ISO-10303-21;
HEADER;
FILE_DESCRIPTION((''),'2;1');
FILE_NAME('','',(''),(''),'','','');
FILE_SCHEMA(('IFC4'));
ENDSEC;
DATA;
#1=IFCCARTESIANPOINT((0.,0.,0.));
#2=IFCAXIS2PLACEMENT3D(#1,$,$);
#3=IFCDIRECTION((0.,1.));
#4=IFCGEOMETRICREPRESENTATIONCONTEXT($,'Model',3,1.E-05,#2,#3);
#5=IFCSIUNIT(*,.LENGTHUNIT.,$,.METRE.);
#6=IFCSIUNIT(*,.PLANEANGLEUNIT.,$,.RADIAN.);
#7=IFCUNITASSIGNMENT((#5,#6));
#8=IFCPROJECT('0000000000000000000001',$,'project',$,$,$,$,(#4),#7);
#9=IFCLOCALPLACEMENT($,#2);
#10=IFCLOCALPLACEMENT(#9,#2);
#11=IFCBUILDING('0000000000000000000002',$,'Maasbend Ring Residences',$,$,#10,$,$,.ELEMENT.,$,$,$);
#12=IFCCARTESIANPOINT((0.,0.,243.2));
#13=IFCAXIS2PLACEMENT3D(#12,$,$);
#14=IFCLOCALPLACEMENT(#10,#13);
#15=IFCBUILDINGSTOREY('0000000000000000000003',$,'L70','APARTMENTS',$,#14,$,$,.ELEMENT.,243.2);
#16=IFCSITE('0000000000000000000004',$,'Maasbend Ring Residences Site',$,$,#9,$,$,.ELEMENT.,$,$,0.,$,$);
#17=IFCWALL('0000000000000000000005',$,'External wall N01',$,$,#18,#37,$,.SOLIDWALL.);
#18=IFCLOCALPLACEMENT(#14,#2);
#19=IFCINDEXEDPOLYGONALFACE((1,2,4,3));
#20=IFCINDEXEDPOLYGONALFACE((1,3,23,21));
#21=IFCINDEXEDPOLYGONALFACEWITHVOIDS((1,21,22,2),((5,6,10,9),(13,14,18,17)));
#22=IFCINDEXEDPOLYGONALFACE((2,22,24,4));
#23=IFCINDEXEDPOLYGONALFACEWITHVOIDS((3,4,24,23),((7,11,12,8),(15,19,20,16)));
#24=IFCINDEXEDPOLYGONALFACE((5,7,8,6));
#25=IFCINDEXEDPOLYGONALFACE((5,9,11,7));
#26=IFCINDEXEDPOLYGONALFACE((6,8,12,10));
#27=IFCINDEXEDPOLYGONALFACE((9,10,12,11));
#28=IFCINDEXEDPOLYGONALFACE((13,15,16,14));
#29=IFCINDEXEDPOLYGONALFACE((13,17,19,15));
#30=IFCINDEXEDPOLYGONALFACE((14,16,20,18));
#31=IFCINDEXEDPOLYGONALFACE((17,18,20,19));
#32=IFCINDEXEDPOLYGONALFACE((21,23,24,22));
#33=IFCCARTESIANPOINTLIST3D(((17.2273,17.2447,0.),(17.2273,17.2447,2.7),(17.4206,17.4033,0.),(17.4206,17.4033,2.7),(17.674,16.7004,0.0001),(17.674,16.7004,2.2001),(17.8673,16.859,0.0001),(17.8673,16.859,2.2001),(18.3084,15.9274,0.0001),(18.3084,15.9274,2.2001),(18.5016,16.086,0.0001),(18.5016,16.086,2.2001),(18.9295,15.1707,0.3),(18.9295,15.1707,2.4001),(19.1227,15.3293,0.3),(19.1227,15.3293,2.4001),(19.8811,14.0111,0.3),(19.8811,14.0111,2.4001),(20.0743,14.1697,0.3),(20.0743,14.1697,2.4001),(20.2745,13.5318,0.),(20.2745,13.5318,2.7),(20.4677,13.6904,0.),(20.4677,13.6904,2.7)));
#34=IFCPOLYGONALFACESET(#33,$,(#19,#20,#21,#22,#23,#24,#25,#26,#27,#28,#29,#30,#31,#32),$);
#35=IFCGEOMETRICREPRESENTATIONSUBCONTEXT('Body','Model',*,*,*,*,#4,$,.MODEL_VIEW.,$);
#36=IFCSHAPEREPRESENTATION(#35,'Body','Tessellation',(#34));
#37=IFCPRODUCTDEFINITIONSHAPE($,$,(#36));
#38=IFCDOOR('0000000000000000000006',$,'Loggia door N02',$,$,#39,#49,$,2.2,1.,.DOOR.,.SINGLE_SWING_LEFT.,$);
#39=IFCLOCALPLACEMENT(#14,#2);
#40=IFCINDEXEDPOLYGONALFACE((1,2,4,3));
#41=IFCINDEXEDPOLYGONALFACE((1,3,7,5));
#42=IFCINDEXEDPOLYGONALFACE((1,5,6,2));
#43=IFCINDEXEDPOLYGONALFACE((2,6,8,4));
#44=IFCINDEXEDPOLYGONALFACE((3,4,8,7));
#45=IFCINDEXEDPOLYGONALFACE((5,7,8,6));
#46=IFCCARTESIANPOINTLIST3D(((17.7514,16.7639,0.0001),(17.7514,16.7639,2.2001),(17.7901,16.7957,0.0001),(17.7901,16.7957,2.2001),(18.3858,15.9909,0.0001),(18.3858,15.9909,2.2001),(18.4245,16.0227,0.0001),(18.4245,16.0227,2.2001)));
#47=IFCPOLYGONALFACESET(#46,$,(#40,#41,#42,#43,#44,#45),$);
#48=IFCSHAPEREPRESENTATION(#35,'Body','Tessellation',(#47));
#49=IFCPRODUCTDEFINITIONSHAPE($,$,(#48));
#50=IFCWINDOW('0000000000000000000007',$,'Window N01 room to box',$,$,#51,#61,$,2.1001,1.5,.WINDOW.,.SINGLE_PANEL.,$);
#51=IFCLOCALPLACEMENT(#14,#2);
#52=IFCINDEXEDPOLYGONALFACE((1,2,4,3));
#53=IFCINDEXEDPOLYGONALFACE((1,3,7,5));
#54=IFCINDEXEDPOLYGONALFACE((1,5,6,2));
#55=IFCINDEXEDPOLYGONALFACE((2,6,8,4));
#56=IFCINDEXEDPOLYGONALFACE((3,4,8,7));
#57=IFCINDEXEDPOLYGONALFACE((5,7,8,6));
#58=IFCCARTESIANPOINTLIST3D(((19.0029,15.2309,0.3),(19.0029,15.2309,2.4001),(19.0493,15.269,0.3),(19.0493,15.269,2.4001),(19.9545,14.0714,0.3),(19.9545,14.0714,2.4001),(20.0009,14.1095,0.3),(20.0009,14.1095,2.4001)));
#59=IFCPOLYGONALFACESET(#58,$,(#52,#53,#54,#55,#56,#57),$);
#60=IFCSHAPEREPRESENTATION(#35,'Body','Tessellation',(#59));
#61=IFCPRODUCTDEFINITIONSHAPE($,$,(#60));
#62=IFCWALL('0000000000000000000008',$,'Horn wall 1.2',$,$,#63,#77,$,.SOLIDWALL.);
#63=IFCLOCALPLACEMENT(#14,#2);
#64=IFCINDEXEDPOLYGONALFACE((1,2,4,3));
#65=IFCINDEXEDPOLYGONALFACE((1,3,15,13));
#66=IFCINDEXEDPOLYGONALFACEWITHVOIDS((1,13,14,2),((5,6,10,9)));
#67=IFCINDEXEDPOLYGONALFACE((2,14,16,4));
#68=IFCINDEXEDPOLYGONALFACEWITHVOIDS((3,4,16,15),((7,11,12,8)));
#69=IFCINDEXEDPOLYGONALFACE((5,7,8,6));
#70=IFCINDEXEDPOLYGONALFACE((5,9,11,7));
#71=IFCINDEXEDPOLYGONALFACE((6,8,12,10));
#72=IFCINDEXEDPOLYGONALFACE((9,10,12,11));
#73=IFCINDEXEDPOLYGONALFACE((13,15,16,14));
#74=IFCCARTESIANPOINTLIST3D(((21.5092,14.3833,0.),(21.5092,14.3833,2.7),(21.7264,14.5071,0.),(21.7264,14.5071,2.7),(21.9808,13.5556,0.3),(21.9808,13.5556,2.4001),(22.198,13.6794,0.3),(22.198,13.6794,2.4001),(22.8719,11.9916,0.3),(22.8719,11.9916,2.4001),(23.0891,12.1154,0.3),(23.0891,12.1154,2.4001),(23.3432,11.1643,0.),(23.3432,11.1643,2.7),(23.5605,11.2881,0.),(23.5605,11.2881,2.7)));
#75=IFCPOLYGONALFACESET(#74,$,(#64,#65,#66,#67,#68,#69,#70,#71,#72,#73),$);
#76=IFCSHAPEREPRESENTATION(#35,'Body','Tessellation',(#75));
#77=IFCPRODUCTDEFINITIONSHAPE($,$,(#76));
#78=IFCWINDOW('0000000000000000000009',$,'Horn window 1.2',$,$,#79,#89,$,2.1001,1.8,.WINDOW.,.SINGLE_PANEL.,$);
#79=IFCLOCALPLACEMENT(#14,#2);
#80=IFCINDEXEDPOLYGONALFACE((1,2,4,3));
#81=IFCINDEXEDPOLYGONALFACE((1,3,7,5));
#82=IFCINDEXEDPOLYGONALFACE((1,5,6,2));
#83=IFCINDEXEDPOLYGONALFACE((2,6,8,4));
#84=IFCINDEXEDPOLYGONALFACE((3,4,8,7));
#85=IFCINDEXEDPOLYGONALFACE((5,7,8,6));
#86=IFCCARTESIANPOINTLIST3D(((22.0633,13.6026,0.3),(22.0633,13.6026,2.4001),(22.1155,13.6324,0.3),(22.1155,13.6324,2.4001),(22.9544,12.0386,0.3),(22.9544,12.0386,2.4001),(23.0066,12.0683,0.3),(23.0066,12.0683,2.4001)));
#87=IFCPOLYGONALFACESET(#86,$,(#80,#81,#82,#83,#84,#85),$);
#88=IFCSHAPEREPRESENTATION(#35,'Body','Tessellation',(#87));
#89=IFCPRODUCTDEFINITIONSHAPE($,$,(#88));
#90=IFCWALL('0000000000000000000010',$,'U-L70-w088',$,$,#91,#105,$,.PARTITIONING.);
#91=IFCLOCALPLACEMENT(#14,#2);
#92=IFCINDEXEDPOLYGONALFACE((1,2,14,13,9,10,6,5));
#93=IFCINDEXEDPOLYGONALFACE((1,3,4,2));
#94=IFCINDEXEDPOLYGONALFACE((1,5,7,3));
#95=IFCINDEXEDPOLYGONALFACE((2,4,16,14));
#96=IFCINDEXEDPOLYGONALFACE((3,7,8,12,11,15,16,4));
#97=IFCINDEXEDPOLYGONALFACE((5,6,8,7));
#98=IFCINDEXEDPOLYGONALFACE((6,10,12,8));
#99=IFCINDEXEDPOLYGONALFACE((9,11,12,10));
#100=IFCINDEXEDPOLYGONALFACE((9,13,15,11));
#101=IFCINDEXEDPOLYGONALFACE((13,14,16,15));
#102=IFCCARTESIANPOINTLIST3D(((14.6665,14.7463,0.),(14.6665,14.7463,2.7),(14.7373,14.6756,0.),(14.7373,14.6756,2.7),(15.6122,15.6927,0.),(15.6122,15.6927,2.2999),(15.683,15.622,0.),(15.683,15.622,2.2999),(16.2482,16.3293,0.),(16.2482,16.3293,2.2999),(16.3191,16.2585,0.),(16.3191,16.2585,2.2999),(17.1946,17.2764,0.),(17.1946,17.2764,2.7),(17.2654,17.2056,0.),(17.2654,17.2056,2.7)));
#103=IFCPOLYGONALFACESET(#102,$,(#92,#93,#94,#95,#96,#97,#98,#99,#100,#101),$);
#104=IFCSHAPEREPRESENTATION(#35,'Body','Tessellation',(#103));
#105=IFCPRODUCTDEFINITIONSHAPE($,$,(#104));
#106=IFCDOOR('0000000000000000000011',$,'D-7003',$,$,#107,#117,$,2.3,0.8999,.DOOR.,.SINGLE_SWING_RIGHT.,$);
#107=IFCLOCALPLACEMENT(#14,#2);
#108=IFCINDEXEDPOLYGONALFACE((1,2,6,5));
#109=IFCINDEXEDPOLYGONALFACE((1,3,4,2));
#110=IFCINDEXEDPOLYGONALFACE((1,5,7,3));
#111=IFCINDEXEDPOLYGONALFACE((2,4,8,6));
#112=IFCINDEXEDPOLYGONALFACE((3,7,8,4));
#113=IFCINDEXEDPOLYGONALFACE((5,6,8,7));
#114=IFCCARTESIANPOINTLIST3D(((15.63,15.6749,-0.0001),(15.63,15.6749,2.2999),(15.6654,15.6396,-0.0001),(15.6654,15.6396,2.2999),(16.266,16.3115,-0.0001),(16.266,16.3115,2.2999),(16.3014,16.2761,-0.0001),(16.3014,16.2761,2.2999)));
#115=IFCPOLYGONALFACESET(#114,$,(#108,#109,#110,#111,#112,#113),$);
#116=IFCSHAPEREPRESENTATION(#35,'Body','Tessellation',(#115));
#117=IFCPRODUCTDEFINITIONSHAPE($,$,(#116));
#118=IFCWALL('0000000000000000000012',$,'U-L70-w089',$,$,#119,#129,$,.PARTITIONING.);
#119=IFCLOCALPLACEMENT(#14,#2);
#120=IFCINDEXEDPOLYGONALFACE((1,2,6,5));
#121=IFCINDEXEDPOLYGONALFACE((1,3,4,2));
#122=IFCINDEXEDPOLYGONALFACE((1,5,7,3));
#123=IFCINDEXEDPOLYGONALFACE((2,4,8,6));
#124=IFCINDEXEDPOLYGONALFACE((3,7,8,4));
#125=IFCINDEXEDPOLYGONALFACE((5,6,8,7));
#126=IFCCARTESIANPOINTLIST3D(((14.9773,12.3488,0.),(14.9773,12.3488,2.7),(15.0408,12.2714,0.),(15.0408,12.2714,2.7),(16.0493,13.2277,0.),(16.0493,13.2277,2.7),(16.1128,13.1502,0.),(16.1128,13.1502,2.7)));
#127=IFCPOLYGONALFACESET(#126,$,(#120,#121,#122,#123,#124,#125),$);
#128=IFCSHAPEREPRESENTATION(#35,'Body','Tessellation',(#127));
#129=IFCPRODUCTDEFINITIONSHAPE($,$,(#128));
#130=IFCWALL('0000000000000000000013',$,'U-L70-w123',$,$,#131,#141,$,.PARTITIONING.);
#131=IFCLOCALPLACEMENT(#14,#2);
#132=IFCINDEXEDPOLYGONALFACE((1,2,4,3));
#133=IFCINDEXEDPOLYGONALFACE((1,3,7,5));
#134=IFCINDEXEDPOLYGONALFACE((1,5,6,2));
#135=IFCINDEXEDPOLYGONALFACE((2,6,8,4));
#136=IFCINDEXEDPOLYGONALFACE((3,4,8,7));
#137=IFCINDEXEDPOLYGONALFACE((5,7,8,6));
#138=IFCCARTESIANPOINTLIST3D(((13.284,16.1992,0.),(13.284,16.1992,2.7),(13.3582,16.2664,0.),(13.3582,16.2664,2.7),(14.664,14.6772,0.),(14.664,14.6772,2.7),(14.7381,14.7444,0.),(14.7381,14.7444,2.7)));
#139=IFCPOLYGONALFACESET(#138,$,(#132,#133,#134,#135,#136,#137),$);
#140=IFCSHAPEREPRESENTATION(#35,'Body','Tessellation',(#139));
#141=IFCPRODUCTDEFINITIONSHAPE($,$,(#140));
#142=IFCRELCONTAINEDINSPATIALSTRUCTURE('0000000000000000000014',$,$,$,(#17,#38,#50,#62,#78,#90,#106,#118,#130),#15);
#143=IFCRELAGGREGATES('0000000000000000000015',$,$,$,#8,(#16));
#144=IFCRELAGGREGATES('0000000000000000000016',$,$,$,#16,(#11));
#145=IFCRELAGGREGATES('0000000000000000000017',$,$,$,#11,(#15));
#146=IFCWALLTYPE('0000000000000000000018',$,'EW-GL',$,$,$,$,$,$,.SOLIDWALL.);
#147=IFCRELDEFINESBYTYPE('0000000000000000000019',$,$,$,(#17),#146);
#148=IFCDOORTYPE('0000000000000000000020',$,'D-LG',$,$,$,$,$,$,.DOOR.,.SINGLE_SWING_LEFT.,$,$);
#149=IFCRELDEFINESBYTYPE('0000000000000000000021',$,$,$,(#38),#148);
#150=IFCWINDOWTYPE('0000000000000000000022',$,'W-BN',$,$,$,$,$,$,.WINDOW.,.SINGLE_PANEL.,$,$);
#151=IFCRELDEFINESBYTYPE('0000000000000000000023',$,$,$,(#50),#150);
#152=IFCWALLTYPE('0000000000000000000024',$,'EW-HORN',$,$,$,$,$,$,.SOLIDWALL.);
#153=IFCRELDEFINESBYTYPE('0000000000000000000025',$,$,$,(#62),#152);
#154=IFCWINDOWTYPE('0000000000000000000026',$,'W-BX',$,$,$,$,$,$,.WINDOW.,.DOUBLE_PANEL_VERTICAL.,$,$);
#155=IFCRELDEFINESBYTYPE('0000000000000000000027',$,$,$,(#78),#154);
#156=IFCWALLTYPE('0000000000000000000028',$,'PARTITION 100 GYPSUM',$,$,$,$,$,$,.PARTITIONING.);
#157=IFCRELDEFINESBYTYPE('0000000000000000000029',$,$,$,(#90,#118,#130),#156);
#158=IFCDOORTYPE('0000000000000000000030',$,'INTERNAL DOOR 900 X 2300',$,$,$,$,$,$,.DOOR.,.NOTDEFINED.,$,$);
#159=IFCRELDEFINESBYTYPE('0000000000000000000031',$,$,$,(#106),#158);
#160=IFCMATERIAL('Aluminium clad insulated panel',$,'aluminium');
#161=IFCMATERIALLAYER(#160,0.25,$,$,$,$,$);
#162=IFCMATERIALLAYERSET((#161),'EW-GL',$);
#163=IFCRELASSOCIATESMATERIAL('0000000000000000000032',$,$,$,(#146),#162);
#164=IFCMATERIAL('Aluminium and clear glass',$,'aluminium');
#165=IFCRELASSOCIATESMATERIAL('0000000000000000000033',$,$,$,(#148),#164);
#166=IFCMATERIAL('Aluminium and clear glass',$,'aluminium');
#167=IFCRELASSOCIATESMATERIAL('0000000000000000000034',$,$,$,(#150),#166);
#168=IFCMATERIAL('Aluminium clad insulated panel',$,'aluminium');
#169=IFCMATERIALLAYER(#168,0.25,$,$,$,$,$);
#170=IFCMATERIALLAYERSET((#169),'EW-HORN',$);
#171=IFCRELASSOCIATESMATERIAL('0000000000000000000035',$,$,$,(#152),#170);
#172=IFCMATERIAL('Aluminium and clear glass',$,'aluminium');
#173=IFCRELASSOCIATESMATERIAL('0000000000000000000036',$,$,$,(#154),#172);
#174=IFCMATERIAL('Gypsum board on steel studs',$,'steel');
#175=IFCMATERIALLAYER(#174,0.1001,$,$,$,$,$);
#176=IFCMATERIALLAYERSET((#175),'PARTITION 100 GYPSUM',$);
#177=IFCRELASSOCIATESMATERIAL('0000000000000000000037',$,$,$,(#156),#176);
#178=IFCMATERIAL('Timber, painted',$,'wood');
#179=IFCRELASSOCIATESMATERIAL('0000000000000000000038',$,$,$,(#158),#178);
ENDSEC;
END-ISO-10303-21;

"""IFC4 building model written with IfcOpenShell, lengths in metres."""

from ifc_helpers import new_model, si_unit, direction, frame, frame_2d, origin, place, context, subcontext, project, spatial, rectangle, extrude, material, layer, layer_set, type_object, element, fill, save


model = new_model("IFC4")

# Units and contexts
model_context = context("Model", 3, precision=1e-05, world=origin(), true_north=direction((0.0, 1.0)))
body_context = subcontext(model_context, "Body", "Model", "MODEL_VIEW")
ifc_project = project(units=[si_unit("LENGTHUNIT", "METRE"), si_unit("PLANEANGLEUNIT", "RADIAN")], contexts=[model_context])

# Site, building, storey
site_placement = place(None, origin())
site = spatial("IfcSite", under=ifc_project, at=site_placement, Name="Maasbend Ring Residences Site", CompositionType="ELEMENT", RefElevation=0.0)
building_placement = place(site_placement, origin())
building = spatial("IfcBuilding", under=site, at=building_placement, Name="Maasbend Ring Residences", CompositionType="ELEMENT")
storey_placement = place(building_placement, frame((0.0, 0.0, 243.2)))
storey = spatial("IfcBuildingStorey", under=building, at=storey_placement, Name="L70", Description="APARTMENTS", CompositionType="ELEMENT", Elevation=243.2)

# Wall, openings, door, window
ifc_material_1 = material(Name="Aluminium clad insulated panel", Category="aluminium")
ifc_layer_1 = layer(ifc_material_1, 0.25)
ifc_layer_set_1 = layer_set([ifc_layer_1], Name="EW-GL")
wall_type_1 = type_object("IfcWallType", Name="EW-GL", PredefinedType="SOLIDWALL", material=ifc_layer_set_1)
wall_1_placement = place(storey_placement, frame((20.3711, 13.6111, 0.0), z_axis=(0.0, 0.0, 1.0), x_axis=(-0.634397, 0.773008, 0.0)))
wall_1 = element("IfcWall", 1, at=wall_1_placement, inside=storey, type_object=wall_type_1, Name="External wall N01", PredefinedType="SOLIDWALL", context=body_context, shape_type="SweptSolid", body=[
    extrude(rectangle(XDim=4.8032, YDim=0.25, at=frame_2d((2.4016, 0.0))), origin(), (0.0, 0.0, 1.0), 2.7),
])
opening_1_placement = place(wall_1_placement, frame((0.6201, 0.0, 0.3)))
opening_1 = element("IfcOpeningElement", 2, at=opening_1_placement, cuts=wall_1, PredefinedType="OPENING", context=body_context, shape_type="SweptSolid", body=[
    extrude(rectangle(XDim=1.5, YDim=2.1001, at=frame_2d((0.75, 1.05))), frame((0.0, 0.135, 0.0), z_axis=(0.0, -1.0, 0.0), x_axis=(1.0, 0.0, 0.0)), (0.0, 0.0, 1.0), 0.27),
])
opening_2_placement = place(wall_1_placement, frame((3.0991, 0.0, 0.0)))
opening_2 = element("IfcOpeningElement", 3, at=opening_2_placement, cuts=wall_1, PredefinedType="OPENING", context=body_context, shape_type="SweptSolid", body=[
    extrude(rectangle(XDim=1.0, YDim=2.2, at=frame_2d((0.5, 1.1001))), frame((0.0, 0.135, 0.0), z_axis=(0.0, -1.0, 0.0), x_axis=(1.0, 0.0, 0.0)), (0.0, 0.0, 1.0), 0.27),
])
ifc_material_2 = material(Name="Aluminium and clear glass", Category="aluminium")
door_type_1 = type_object("IfcDoorType", Name="D-LG", OperationType="SINGLE_SWING_LEFT", PredefinedType="DOOR", material=ifc_material_2)
door_1_placement = place(opening_2_placement, origin())
door_1 = element("IfcDoor", 4, at=door_1_placement, inside=storey, type_object=door_type_1, Name="Loggia door N02", OperationType="SINGLE_SWING_LEFT", OverallHeight=2.2, OverallWidth=1.0, PredefinedType="DOOR", context=body_context, shape_type="SweptSolid", body=[
    extrude(rectangle(XDim=1.0, YDim=2.2, at=frame_2d((0.5, 1.1001))), frame((0.0, 0.0249, 0.0), z_axis=(0.0, -1.0, 0.0), x_axis=(1.0, 0.0, 0.0)), (0.0, 0.0, 1.0), 0.05),
])
fill(opening_2, door_1)
ifc_material_3 = material(Name="Aluminium and clear glass", Category="aluminium")
window_type_1 = type_object("IfcWindowType", Name="W-BN", PartitioningType="SINGLE_PANEL", PredefinedType="WINDOW", material=ifc_material_3)
window_1_placement = place(opening_1_placement, origin())
window_1 = element("IfcWindow", 5, at=window_1_placement, inside=storey, type_object=window_type_1, Name="Window N01 room to box", OverallHeight=2.1001, OverallWidth=1.5, PartitioningType="SINGLE_PANEL", PredefinedType="WINDOW", context=body_context, shape_type="SweptSolid", body=[
    extrude(rectangle(XDim=1.5, YDim=2.1001, at=frame_2d((0.75, 1.05))), frame((0.0, 0.03, 0.0), z_axis=(0.0, -1.0, 0.0), x_axis=(1.0, 0.0, 0.0)), (0.0, 0.0, 1.0), 0.0601),
])
fill(opening_1, window_1)

# Wall, opening, window
ifc_material_4 = material(Name="Aluminium clad insulated panel", Category="aluminium")
ifc_layer_2 = layer(ifc_material_4, 0.25)
ifc_layer_set_2 = layer_set([ifc_layer_2], Name="EW-HORN")
wall_type_2 = type_object("IfcWallType", Name="EW-HORN", PredefinedType="SOLIDWALL", material=ifc_layer_set_2)
wall_2_placement = place(storey_placement, frame((23.4519, 11.2261, 0.0), z_axis=(0.0, 0.0, 1.0), x_axis=(-0.495031, 0.868875, 0.0)))
wall_2 = element("IfcWall", 6, at=wall_2_placement, inside=storey, type_object=wall_type_2, Name="Horn wall 1.2", PredefinedType="SOLIDWALL", context=body_context, shape_type="SweptSolid", body=[
    extrude(rectangle(XDim=3.7048, YDim=0.25, at=frame_2d((1.8525, 0.0))), origin(), (0.0, 0.0, 1.0), 2.7),
])
opening_3_placement = place(wall_2_placement, frame((0.9524, 0.0, 0.3)))
opening_3 = element("IfcOpeningElement", 7, at=opening_3_placement, cuts=wall_2, PredefinedType="OPENING", context=body_context, shape_type="SweptSolid", body=[
    extrude(rectangle(XDim=1.8, YDim=2.1001, at=frame_2d((0.8999, 1.05))), frame((0.0, 0.135, 0.0), z_axis=(0.0, -1.0, 0.0), x_axis=(1.0, 0.0, 0.0)), (0.0, 0.0, 1.0), 0.27),
])
ifc_material_5 = material(Name="Aluminium and clear glass", Category="aluminium")
window_type_2 = type_object("IfcWindowType", Name="W-BX", PartitioningType="DOUBLE_PANEL_VERTICAL", PredefinedType="WINDOW", material=ifc_material_5)
window_2_placement = place(opening_3_placement, origin())
window_2 = element("IfcWindow", 8, at=window_2_placement, inside=storey, type_object=window_type_2, Name="Horn window 1.2", OverallHeight=2.1001, OverallWidth=1.8, PartitioningType="SINGLE_PANEL", PredefinedType="WINDOW", context=body_context, shape_type="SweptSolid", body=[
    extrude(rectangle(XDim=1.8, YDim=2.1001, at=frame_2d((0.8999, 1.05))), frame((0.0, 0.03, 0.0), z_axis=(0.0, -1.0, 0.0), x_axis=(1.0, 0.0, 0.0)), (0.0, 0.0, 1.0), 0.0601),
])
fill(opening_3, window_2)

# Wall, opening, door
ifc_material_6 = material(Name="Gypsum board on steel studs", Category="steel")
ifc_layer_3 = layer(ifc_material_6, 0.1001)
ifc_layer_set_3 = layer_set([ifc_layer_3], Name="PARTITION 100 GYPSUM")
wall_type_3 = type_object("IfcWallType", Name="PARTITION 100 GYPSUM", PredefinedType="PARTITIONING", material=ifc_layer_set_3)
wall_3_placement = place(storey_placement, frame((14.7019, 14.7109, 0.0), z_axis=(0.0, 0.0, 1.0), x_axis=(0.706834, 0.70738, 0.0)))
wall_3 = element("IfcWall", 9, at=wall_3_placement, inside=storey, type_object=wall_type_3, Name="U-L70-w088", PredefinedType="PARTITIONING", context=body_context, shape_type="SweptSolid", body=[
    extrude(rectangle(XDim=3.5767, YDim=0.1001, at=frame_2d((1.7883, 0.0))), origin(), (0.0, 0.0, 1.0), 2.7),
])
opening_4_placement = place(wall_3_placement, frame((1.3379, 0.0, 0.0)))
opening_4 = element("IfcOpeningElement", 10, at=opening_4_placement, cuts=wall_3, PredefinedType="OPENING", context=body_context, shape_type="SweptSolid", body=[
    extrude(rectangle(XDim=0.8999, YDim=2.3, at=frame_2d((0.45, 1.1499))), frame((0.0, 0.0601, 0.0), z_axis=(0.0, -1.0, 0.0), x_axis=(1.0, 0.0, 0.0)), (0.0, 0.0, 1.0), 0.1201),
])
ifc_material_7 = material(Name="Timber, painted", Category="wood")
door_type_2 = type_object("IfcDoorType", Name="INTERNAL DOOR 900 X 2300", OperationType="NOTDEFINED", PredefinedType="DOOR", material=ifc_material_7)
door_2_placement = place(opening_4_placement, origin())
door_2 = element("IfcDoor", 11, at=door_2_placement, inside=storey, type_object=door_type_2, Name="D-7003", OperationType="SINGLE_SWING_RIGHT", OverallHeight=2.3, OverallWidth=0.8999, PredefinedType="DOOR", context=body_context, shape_type="SweptSolid", body=[
    extrude(rectangle(XDim=0.8999, YDim=2.3, at=frame_2d((0.45, 1.1499))), frame((0.0, 0.0249, 0.0), z_axis=(0.0, -1.0, 0.0), x_axis=(1.0, 0.0, 0.0)), (0.0, 0.0, 1.0), 0.05),
])
fill(opening_4, door_2)

# Walls
wall_4_placement = place(storey_placement, frame((15.009, 12.3101, 0.0), z_axis=(0.0, 0.0, 1.0), x_axis=(0.773321, 0.634014, 0.0)))
element("IfcWall", 12, at=wall_4_placement, inside=storey, type_object=wall_type_3, Name="U-L70-w089", PredefinedType="PARTITIONING", context=body_context, shape_type="SweptSolid", body=[
    extrude(rectangle(XDim=1.3862, YDim=0.1001, at=frame_2d((0.6931, 0.0))), origin(), (0.0, 0.0, 1.0), 2.7),
])
wall_5_placement = place(storey_placement, frame((13.321, 16.2329, 0.0), z_axis=(0.0, 0.0, 1.0), x_axis=(0.671678, -0.740843, 0.0)))
element("IfcWall", 13, at=wall_5_placement, inside=storey, type_object=wall_type_3, Name="U-L70-w123", PredefinedType="PARTITIONING", context=body_context, shape_type="SweptSolid", body=[
    extrude(rectangle(XDim=2.0544, YDim=0.1001, at=frame_2d((1.0273, 0.0))), origin(), (0.0, 0.0, 1.0), 2.7),
])

save(model, "model.ifc")
